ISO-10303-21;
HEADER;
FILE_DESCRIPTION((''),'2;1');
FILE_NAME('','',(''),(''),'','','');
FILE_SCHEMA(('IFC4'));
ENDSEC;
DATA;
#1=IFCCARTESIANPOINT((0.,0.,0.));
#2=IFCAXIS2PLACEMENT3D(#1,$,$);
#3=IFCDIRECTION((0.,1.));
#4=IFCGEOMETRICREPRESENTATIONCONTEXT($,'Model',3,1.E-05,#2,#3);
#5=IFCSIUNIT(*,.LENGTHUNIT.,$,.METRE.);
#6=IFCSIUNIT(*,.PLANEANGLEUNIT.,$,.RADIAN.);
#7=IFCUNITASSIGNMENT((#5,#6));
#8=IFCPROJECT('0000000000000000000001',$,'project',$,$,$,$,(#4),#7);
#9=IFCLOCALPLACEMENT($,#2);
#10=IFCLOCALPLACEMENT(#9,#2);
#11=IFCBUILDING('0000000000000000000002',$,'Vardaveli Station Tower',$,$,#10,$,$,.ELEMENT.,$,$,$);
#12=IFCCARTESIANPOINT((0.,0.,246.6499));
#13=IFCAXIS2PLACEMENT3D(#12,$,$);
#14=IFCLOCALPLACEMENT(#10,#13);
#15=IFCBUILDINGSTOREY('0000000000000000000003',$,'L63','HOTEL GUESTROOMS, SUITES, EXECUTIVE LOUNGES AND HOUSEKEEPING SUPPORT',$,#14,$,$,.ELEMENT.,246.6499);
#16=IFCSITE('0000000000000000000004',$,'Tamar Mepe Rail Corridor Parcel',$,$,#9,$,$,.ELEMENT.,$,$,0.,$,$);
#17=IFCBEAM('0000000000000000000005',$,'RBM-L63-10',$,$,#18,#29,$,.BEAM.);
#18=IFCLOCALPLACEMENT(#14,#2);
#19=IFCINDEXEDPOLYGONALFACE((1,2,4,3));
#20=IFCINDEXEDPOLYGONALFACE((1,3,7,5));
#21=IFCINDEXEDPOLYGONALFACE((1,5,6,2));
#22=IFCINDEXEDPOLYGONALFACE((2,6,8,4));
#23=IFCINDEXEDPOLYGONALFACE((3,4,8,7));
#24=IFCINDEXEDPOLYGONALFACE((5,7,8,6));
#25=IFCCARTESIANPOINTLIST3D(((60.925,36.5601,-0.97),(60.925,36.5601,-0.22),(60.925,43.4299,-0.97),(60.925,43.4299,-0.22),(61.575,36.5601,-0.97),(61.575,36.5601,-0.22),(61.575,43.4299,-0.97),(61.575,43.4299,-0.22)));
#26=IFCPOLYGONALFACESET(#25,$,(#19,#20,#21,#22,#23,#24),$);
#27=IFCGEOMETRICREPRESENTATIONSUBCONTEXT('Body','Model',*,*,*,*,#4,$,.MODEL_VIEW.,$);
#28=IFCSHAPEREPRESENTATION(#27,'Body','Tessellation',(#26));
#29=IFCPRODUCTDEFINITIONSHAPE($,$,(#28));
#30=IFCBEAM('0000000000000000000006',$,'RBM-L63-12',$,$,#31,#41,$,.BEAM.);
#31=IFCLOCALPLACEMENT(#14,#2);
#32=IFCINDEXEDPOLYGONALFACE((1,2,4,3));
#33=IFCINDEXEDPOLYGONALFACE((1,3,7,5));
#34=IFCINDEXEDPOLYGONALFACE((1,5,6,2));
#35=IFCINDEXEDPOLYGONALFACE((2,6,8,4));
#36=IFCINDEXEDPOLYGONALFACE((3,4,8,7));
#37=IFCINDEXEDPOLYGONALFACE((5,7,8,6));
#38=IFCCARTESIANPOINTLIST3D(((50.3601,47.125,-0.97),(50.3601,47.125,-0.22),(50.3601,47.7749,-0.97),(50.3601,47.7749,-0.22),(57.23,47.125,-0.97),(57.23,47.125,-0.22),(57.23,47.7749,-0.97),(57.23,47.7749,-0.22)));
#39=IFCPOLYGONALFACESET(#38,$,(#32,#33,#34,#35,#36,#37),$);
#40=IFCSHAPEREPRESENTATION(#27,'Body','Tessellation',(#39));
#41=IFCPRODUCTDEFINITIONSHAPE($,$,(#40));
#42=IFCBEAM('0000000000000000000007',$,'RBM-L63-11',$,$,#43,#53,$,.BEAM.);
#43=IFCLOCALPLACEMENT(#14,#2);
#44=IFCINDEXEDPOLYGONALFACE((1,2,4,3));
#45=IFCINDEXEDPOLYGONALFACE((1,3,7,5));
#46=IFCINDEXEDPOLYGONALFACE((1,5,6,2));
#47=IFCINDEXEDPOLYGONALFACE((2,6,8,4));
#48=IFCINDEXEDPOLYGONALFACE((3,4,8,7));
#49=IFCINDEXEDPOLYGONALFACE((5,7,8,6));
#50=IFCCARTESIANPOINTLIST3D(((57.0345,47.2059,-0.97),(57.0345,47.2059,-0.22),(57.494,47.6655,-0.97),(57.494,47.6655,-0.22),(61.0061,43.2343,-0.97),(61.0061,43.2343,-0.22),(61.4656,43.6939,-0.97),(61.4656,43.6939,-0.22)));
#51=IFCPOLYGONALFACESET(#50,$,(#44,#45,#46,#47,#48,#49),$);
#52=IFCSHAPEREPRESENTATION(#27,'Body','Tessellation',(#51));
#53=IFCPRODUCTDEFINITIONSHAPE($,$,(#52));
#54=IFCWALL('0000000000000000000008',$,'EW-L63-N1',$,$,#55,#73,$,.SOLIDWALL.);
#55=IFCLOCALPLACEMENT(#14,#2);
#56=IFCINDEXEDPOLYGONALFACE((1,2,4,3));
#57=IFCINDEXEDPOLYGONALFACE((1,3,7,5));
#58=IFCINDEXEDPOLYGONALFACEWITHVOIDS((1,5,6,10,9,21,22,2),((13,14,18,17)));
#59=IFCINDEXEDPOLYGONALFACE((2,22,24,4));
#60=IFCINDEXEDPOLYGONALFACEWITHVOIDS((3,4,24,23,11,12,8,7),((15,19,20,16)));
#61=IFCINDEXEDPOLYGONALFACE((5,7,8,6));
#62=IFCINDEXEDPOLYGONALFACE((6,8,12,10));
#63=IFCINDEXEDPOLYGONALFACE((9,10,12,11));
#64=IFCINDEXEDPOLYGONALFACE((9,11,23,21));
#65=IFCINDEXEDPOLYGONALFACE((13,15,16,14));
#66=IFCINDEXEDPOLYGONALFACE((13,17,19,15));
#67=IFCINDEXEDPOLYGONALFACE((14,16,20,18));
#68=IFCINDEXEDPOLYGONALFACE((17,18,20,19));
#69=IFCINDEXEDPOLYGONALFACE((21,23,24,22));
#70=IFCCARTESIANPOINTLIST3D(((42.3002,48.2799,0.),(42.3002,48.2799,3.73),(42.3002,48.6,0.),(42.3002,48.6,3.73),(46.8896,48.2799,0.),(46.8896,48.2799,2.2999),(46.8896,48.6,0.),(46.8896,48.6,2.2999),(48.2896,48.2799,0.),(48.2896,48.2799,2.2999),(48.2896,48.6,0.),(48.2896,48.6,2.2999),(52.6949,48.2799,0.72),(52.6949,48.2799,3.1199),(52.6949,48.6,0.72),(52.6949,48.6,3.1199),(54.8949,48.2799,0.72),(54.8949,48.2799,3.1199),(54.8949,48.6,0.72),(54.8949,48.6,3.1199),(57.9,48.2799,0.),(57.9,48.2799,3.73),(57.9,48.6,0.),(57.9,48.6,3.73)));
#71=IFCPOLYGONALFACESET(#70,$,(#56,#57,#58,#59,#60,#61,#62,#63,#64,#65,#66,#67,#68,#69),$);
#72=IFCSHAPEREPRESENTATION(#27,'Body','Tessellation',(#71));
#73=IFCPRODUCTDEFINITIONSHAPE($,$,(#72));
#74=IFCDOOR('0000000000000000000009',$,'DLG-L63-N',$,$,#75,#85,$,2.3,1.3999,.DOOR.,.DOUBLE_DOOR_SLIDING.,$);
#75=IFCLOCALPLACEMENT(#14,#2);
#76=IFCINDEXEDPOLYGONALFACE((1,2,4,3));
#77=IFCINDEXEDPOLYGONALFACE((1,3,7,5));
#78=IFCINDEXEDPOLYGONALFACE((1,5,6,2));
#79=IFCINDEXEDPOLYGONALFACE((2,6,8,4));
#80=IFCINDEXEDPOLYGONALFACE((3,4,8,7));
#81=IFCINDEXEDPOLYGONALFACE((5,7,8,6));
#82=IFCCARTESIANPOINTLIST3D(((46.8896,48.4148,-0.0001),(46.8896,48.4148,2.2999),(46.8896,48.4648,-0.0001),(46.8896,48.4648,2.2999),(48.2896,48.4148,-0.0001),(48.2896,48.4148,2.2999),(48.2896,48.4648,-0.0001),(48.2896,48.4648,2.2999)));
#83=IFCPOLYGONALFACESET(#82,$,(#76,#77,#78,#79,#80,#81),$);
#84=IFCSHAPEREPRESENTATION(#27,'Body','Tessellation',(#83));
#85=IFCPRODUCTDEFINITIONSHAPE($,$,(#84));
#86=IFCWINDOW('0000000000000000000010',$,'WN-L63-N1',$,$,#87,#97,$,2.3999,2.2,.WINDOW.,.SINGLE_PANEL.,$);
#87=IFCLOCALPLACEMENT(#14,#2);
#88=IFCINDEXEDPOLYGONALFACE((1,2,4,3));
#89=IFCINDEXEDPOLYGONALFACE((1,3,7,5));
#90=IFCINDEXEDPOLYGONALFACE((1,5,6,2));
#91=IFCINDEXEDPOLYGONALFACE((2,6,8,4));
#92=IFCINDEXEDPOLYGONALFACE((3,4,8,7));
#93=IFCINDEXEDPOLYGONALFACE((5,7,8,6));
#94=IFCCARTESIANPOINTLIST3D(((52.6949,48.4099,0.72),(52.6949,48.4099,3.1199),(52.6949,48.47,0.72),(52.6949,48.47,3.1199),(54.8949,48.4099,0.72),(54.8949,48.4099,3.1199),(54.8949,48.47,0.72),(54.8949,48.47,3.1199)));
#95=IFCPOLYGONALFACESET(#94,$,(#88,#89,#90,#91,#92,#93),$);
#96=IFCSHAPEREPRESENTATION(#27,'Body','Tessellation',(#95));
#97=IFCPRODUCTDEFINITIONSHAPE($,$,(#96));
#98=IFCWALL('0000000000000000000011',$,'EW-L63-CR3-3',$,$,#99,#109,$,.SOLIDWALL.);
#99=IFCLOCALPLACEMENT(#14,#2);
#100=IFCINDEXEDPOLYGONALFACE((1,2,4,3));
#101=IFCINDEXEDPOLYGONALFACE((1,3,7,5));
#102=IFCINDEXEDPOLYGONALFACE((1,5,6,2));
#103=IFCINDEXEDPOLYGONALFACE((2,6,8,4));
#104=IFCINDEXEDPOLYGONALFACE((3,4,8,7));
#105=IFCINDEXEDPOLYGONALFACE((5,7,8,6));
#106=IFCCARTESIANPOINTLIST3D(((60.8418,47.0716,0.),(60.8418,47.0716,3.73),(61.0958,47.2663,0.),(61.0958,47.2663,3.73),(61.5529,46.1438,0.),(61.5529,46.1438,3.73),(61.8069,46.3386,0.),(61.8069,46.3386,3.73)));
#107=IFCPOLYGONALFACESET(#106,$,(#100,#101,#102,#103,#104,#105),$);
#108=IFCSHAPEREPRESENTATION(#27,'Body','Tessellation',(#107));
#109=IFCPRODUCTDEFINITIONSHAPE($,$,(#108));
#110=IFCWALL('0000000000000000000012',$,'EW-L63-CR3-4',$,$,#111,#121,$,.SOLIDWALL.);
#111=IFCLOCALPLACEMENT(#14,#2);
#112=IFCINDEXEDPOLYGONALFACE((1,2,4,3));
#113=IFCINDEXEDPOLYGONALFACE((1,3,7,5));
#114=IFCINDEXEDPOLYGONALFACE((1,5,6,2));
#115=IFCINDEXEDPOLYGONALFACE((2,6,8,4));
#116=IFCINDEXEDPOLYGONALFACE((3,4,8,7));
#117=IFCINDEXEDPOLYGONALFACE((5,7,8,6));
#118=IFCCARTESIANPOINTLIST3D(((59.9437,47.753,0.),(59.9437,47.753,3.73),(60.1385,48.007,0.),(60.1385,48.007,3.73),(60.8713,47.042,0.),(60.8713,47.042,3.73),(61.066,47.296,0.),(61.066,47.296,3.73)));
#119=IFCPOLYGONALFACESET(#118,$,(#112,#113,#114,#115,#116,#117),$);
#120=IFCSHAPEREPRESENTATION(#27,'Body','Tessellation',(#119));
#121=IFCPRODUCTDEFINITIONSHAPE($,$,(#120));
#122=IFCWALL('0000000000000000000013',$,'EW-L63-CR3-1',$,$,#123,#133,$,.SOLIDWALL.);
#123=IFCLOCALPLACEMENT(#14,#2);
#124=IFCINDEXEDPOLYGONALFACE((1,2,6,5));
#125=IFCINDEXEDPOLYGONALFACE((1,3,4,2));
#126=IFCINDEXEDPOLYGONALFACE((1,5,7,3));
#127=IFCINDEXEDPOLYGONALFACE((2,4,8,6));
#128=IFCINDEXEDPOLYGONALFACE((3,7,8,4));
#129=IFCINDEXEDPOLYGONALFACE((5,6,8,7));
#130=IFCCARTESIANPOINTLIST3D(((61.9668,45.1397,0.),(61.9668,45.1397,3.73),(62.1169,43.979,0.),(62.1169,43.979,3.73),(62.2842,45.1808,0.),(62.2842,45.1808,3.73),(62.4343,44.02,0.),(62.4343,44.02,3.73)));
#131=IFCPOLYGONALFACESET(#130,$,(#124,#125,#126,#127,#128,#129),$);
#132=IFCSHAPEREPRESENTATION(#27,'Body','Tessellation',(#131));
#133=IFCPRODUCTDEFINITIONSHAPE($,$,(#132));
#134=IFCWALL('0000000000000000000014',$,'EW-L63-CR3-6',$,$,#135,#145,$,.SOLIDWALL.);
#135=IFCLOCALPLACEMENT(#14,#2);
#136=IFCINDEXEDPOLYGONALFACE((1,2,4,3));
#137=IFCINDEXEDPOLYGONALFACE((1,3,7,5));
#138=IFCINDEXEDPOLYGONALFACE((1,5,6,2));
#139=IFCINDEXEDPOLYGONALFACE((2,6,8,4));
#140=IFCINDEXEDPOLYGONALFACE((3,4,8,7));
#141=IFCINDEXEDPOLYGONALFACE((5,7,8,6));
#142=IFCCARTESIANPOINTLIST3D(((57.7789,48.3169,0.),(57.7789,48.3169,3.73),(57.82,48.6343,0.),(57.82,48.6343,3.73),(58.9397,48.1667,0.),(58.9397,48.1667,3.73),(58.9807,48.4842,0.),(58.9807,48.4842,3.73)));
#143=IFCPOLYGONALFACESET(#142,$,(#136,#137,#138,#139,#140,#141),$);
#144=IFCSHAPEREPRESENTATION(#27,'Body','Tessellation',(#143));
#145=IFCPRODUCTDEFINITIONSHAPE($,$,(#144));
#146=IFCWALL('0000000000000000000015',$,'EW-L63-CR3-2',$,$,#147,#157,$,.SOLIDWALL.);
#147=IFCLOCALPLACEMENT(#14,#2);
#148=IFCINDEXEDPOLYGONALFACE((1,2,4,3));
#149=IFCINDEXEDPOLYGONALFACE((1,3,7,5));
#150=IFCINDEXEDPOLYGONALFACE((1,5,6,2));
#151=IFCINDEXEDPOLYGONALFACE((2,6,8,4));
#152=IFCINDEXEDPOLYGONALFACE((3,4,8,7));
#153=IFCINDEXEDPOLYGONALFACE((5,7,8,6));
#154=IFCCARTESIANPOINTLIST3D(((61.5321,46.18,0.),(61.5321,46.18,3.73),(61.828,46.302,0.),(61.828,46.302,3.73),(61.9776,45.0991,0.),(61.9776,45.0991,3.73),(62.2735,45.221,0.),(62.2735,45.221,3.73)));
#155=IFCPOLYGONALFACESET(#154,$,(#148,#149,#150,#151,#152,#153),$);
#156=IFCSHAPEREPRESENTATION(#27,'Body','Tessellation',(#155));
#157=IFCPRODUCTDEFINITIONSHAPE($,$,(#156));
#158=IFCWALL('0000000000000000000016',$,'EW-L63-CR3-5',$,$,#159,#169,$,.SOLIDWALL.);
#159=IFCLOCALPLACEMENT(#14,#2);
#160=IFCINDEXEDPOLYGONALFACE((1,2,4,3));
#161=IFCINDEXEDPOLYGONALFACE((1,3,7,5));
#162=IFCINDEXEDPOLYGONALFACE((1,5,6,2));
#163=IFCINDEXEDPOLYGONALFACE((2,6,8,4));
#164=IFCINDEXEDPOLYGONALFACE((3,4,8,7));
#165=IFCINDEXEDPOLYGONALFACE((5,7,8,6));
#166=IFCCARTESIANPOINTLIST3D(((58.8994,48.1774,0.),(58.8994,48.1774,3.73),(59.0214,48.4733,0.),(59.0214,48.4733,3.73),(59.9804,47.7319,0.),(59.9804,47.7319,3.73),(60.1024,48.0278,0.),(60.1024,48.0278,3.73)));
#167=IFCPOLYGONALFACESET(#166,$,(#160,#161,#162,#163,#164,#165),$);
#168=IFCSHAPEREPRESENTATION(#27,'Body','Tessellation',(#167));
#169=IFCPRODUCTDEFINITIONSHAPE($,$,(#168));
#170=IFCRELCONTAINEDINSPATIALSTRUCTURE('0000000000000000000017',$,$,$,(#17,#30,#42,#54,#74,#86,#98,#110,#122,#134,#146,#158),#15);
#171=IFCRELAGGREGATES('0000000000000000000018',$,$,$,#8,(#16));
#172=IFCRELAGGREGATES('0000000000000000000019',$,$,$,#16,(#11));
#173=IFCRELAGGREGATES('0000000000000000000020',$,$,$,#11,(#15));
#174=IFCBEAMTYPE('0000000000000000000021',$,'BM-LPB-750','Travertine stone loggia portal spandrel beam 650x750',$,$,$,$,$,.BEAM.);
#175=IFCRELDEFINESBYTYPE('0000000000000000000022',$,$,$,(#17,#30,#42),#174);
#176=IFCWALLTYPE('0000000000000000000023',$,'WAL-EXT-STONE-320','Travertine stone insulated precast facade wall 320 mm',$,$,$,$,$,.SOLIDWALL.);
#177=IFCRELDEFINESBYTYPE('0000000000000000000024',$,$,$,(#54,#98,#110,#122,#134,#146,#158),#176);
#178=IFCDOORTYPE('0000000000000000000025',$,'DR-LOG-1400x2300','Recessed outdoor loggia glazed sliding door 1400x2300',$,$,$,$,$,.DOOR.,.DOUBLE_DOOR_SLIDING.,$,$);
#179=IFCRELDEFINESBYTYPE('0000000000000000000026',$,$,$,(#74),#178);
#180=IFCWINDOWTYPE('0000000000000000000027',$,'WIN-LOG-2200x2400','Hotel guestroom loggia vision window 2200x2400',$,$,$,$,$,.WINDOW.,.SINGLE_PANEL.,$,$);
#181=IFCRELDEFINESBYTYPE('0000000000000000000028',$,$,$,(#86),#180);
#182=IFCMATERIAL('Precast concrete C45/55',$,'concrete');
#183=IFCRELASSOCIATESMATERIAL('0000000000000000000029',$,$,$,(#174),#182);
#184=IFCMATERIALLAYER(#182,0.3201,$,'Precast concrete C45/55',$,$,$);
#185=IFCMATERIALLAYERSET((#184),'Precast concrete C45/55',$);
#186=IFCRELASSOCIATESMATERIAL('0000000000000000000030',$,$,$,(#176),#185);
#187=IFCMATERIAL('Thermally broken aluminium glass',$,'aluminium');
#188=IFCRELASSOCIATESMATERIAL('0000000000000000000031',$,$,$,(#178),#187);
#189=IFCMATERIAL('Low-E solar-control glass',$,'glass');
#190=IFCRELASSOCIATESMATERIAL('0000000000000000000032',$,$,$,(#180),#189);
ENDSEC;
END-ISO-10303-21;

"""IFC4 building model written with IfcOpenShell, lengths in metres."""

from ifc_helpers import new_model, si_unit, direction, frame, frame_2d, origin, origin_2d, place, context, subcontext, project, spatial, rectangle, extrude, source, transform, mapped, material, layer, layer_set, material_profile, profile_set, type_object, element, fill, save


model = new_model("IFC4")

# Units and contexts
model_context = context("Model", 3, precision=1e-05, world=origin(), true_north=direction((0.0, 1.0)))
body_context = subcontext(model_context, "Body", "Model", "MODEL_VIEW")
ifc_project = project(units=[si_unit("LENGTHUNIT", "METRE"), si_unit("PLANEANGLEUNIT", "RADIAN")], contexts=[model_context])

# Site, building, storey
site_placement = place(None, origin())
site = spatial("IfcSite", under=ifc_project, at=site_placement, Name="Tamar Mepe Rail Corridor Parcel", CompositionType="ELEMENT", RefElevation=0.0)
building_placement = place(site_placement, origin())
building = spatial("IfcBuilding", under=site, at=building_placement, Name="Vardaveli Station Tower", CompositionType="ELEMENT")
storey_placement = place(building_placement, frame((0.0, 0.0, 246.6499)))
storey = spatial("IfcBuildingStorey", under=building, at=storey_placement, Name="L63", Description="HOTEL GUESTROOMS, SUITES, EXECUTIVE LOUNGES AND HOUSEKEEPING SUPPORT", CompositionType="ELEMENT", Elevation=246.6499)

# Beams
ifc_material_1 = material(Name="Precast concrete C45/55", Category="concrete")
ifc_material_profile_1 = material_profile(ifc_material_1, rectangle(XDim=0.6499, YDim=0.75, at=origin_2d()), Name="LPB 650x750")
ifc_profile_set_1 = profile_set([ifc_material_profile_1], Name="Precast concrete C45/55")
beam_type = type_object("IfcBeamType", Name="BM-LPB-750", Description="Travertine stone loggia portal spandrel beam 650x750", PredefinedType="BEAM", material=ifc_profile_set_1)
shared_shape_1 = source(origin(), body_context, "Body", "SweptSolid", [
    extrude(rectangle(XDim=0.6499, YDim=0.75, at=origin_2d()), origin(), (0.0, 0.0, 1.0), 6.8699),
])
for number, where, z_axis, x_axis, name in (
    (1, (61.25, 36.5601, -0.595), (0.0, 1.0, 0.0), (-1.0, 0.0, 0.0), "RBM-L63-10"),
    (2, (57.23, 47.45, -0.595), (-1.0, 0.0, 0.0), (0.0, -1.0, 0.0), "RBM-L63-12"),
):
    element("IfcBeam", number, at=place(storey_placement, frame(where, z_axis=z_axis, x_axis=x_axis)), inside=storey, type_object=beam_type, Name=name, PredefinedType="BEAM", context=body_context, shape_type="MappedRepresentation", body=[
        mapped(shared_shape_1, transform((0.0, 0.0, 0.0), scale=1.0)),
    ])
shared_shape_2 = source(origin(), body_context, "Body", "SweptSolid", [
    extrude(rectangle(XDim=0.6499, YDim=0.75, at=origin_2d()), origin(), (0.0, 0.0, 1.0), 5.6167),
])
beam_1_placement = place(storey_placement, frame((61.2358, 43.4641, -0.595), z_axis=(-0.707107, 0.707107, 0.0), x_axis=(-0.707107, -0.707107, 0.0)))
element("IfcBeam", 3, at=beam_1_placement, inside=storey, type_object=beam_type, Name="RBM-L63-11", PredefinedType="BEAM", context=body_context, shape_type="MappedRepresentation", body=[
    mapped(shared_shape_2, transform((0.0, 0.0, 0.0), scale=1.0)),
])

# Wall, openings, door, window
ifc_layer_1 = layer(ifc_material_1, 0.3201, Name="Precast concrete C45/55")
ifc_layer_set_1 = layer_set([ifc_layer_1], Name="Precast concrete C45/55")
wall_type_1 = type_object("IfcWallType", Name="WAL-EXT-STONE-320", Description="Travertine stone insulated precast facade wall 320 mm", PredefinedType="SOLIDWALL", material=ifc_layer_set_1)
shared_shape_3 = source(origin(), body_context, "Body", "SweptSolid", [
    extrude(rectangle(XDim=15.5999, YDim=0.3201, at=frame_2d((7.7998, 0.0))), origin(), (0.0, 0.0, 1.0), 3.73),
])
wall_1_placement = place(storey_placement, frame((57.8999, 48.4399, 0.0), z_axis=(0.0, 0.0, 1.0), x_axis=(-1.0, 0.0, 0.0)))
wall_1 = element("IfcWall", 4, at=wall_1_placement, inside=storey, type_object=wall_type_1, Name="EW-L63-N1", PredefinedType="SOLIDWALL", context=body_context, shape_type="MappedRepresentation", body=[
    mapped(shared_shape_3, transform((0.0, 0.0, 0.0), scale=1.0)),
])
shared_shape_4 = source(origin(), body_context, "Body", "SweptSolid", [
    extrude(rectangle(XDim=1.3999, YDim=2.3, at=frame_2d((0.7, 1.1499))), frame((0.0, 0.1699, 0.0), z_axis=(0.0, -1.0, 0.0), x_axis=(1.0, 0.0, 0.0)), (0.0, 0.0, 1.0), 0.3401),
])
opening_1_placement = place(wall_1_placement, frame((9.6104, 0.0, 0.0)))
opening_1 = element("IfcOpeningElement", 5, at=opening_1_placement, cuts=wall_1, PredefinedType="OPENING", context=body_context, shape_type="MappedRepresentation", body=[
    mapped(shared_shape_4, transform((0.0, 0.0, 0.0), scale=1.0)),
])
shared_shape_5 = source(origin(), body_context, "Body", "SweptSolid", [
    extrude(rectangle(XDim=2.2, YDim=2.3999, at=frame_2d((1.1001, 1.2))), frame((0.0, 0.1699, 0.0), z_axis=(0.0, -1.0, 0.0), x_axis=(1.0, 0.0, 0.0)), (0.0, 0.0, 1.0), 0.3401),
])
opening_2_placement = place(wall_1_placement, frame((3.0049, 0.0, 0.72)))
opening_2 = element("IfcOpeningElement", 6, at=opening_2_placement, cuts=wall_1, PredefinedType="OPENING", context=body_context, shape_type="MappedRepresentation", body=[
    mapped(shared_shape_5, transform((0.0, 0.0, 0.0), scale=1.0)),
])
ifc_material_2 = material(Name="Thermally broken aluminium glass", Category="aluminium")
door_type = type_object("IfcDoorType", Name="DR-LOG-1400x2300", Description="Recessed outdoor loggia glazed sliding door 1400x2300", OperationType="DOUBLE_DOOR_SLIDING", PredefinedType="DOOR", material=ifc_material_2)
shared_shape_6 = source(origin(), body_context, "Body", "SweptSolid", [
    extrude(rectangle(XDim=1.3999, YDim=2.3, at=frame_2d((0.7, 1.1499))), frame((0.0, 0.0249, 0.0), z_axis=(0.0, -1.0, 0.0), x_axis=(1.0, 0.0, 0.0)), (0.0, 0.0, 1.0), 0.05),
])
door_placement = place(opening_1_placement, frame((1.3999, 0.0, 0.0), z_axis=(0.0, 0.0, 1.0), x_axis=(-1.0, 0.0, 0.0)))
door = element("IfcDoor", 7, at=door_placement, inside=storey, type_object=door_type, Name="DLG-L63-N", OperationType="DOUBLE_DOOR_SLIDING", OverallHeight=2.3, OverallWidth=1.3999, PredefinedType="DOOR", context=body_context, shape_type="MappedRepresentation", body=[
    mapped(shared_shape_6, transform((0.0, 0.0, 0.0), scale=1.0)),
])
fill(opening_1, door)
ifc_material_3 = material(Name="Low-E solar-control glass", Category="glass")
window_type = type_object("IfcWindowType", Name="WIN-LOG-2200x2400", Description="Hotel guestroom loggia vision window 2200x2400", PartitioningType="SINGLE_PANEL", PredefinedType="WINDOW", material=ifc_material_3)
shared_shape_7 = source(origin(), body_context, "Body", "SweptSolid", [
    extrude(rectangle(XDim=2.2, YDim=2.3999, at=frame_2d((1.1001, 1.2))), frame((0.0, 0.03, 0.0), z_axis=(0.0, -1.0, 0.0), x_axis=(1.0, 0.0, 0.0)), (0.0, 0.0, 1.0), 0.0601),
])
window_placement = place(opening_2_placement, origin())
window = element("IfcWindow", 8, at=window_placement, inside=storey, type_object=window_type, Name="WN-L63-N1", OverallHeight=2.3999, OverallWidth=2.2, PartitioningType="SINGLE_PANEL", PredefinedType="WINDOW", context=body_context, shape_type="MappedRepresentation", body=[
    mapped(shared_shape_7, transform((0.0, 0.0, 0.0), scale=1.0)),
])
fill(opening_2, window)

# Walls
shared_shape_8 = source(origin(), body_context, "Body", "SweptSolid", [
    extrude(rectangle(XDim=1.1689, YDim=0.3201, at=frame_2d((0.5845, 0.0))), origin(), (0.0, 0.0, 1.0), 3.73),
])
wall_2_placement = place(storey_placement, frame((61.6799, 46.2412, 0.0), z_axis=(0.0, 0.0, 1.0), x_axis=(-0.608388, 0.79364, 0.0)))
element("IfcWall", 9, at=wall_2_placement, inside=storey, type_object=wall_type_1, Name="EW-L63-CR3-3", PredefinedType="SOLIDWALL", context=body_context, shape_type="MappedRepresentation", body=[
    mapped(shared_shape_8, transform((0.0, 0.0, 0.0), scale=1.0)),
])
shared_shape_9 = source(origin(), body_context, "Body", "SweptSolid", [
    extrude(rectangle(XDim=1.1687, YDim=0.3201, at=frame_2d((0.5845, 0.0))), origin(), (0.0, 0.0, 1.0), 3.73),
])
wall_3_placement = place(storey_placement, frame((60.9688, 47.1689, 0.0), z_axis=(0.0, 0.0, 1.0), x_axis=(-0.793664, 0.608357, 0.0)))
element("IfcWall", 10, at=wall_3_placement, inside=storey, type_object=wall_type_1, Name="EW-L63-CR3-4", PredefinedType="SOLIDWALL", context=body_context, shape_type="MappedRepresentation", body=[
    mapped(shared_shape_9, transform((0.0, 0.0, 0.0), scale=1.0)),
])
shared_shape_10 = source(origin(), body_context, "Body", "SweptSolid", [
    extrude(rectangle(XDim=1.1704, YDim=0.3201, at=frame_2d((0.5852, 0.0))), origin(), (0.0, 0.0, 1.0), 3.73),
])
for number, where, z_axis, x_axis, name in (
    (11, (62.2756, 43.9995, 0.0), (0.0, 0.0, 1.0), (-0.128296, 0.991736, 0.0), "EW-L63-CR3-1"),
    (12, (58.9602, 48.3254, 0.0), (0.0, 0.0, 1.0), (-0.991736, 0.128296, 0.0), "EW-L63-CR3-6"),
):
    element("IfcWall", number, at=place(storey_placement, frame(where, z_axis=z_axis, x_axis=x_axis)), inside=storey, type_object=wall_type_1, Name=name, PredefinedType="SOLIDWALL", context=body_context, shape_type="MappedRepresentation", body=[
        mapped(shared_shape_10, transform((0.0, 0.0, 0.0), scale=1.0)),
    ])
shared_shape_11 = source(origin(), body_context, "Body", "SweptSolid", [
    extrude(rectangle(XDim=1.1692, YDim=0.3201, at=frame_2d((0.5845, 0.0))), origin(), (0.0, 0.0, 1.0), 3.73),
])
for number, where, z_axis, x_axis, name in (
    (13, (62.1255, 45.1602, 0.0), (0.0, 0.0, 1.0), (-0.381054, 0.924553, 0.0), "EW-L63-CR3-2"),
    (14, (60.0413, 47.8799, 0.0), (0.0, 0.0, 1.0), (-0.924553, 0.381054, 0.0), "EW-L63-CR3-5"),
):
    element("IfcWall", number, at=place(storey_placement, frame(where, z_axis=z_axis, x_axis=x_axis)), inside=storey, type_object=wall_type_1, Name=name, PredefinedType="SOLIDWALL", context=body_context, shape_type="MappedRepresentation", body=[
        mapped(shared_shape_11, transform((0.0, 0.0, 0.0), scale=1.0)),
    ])

save(model, "model.ifc")
